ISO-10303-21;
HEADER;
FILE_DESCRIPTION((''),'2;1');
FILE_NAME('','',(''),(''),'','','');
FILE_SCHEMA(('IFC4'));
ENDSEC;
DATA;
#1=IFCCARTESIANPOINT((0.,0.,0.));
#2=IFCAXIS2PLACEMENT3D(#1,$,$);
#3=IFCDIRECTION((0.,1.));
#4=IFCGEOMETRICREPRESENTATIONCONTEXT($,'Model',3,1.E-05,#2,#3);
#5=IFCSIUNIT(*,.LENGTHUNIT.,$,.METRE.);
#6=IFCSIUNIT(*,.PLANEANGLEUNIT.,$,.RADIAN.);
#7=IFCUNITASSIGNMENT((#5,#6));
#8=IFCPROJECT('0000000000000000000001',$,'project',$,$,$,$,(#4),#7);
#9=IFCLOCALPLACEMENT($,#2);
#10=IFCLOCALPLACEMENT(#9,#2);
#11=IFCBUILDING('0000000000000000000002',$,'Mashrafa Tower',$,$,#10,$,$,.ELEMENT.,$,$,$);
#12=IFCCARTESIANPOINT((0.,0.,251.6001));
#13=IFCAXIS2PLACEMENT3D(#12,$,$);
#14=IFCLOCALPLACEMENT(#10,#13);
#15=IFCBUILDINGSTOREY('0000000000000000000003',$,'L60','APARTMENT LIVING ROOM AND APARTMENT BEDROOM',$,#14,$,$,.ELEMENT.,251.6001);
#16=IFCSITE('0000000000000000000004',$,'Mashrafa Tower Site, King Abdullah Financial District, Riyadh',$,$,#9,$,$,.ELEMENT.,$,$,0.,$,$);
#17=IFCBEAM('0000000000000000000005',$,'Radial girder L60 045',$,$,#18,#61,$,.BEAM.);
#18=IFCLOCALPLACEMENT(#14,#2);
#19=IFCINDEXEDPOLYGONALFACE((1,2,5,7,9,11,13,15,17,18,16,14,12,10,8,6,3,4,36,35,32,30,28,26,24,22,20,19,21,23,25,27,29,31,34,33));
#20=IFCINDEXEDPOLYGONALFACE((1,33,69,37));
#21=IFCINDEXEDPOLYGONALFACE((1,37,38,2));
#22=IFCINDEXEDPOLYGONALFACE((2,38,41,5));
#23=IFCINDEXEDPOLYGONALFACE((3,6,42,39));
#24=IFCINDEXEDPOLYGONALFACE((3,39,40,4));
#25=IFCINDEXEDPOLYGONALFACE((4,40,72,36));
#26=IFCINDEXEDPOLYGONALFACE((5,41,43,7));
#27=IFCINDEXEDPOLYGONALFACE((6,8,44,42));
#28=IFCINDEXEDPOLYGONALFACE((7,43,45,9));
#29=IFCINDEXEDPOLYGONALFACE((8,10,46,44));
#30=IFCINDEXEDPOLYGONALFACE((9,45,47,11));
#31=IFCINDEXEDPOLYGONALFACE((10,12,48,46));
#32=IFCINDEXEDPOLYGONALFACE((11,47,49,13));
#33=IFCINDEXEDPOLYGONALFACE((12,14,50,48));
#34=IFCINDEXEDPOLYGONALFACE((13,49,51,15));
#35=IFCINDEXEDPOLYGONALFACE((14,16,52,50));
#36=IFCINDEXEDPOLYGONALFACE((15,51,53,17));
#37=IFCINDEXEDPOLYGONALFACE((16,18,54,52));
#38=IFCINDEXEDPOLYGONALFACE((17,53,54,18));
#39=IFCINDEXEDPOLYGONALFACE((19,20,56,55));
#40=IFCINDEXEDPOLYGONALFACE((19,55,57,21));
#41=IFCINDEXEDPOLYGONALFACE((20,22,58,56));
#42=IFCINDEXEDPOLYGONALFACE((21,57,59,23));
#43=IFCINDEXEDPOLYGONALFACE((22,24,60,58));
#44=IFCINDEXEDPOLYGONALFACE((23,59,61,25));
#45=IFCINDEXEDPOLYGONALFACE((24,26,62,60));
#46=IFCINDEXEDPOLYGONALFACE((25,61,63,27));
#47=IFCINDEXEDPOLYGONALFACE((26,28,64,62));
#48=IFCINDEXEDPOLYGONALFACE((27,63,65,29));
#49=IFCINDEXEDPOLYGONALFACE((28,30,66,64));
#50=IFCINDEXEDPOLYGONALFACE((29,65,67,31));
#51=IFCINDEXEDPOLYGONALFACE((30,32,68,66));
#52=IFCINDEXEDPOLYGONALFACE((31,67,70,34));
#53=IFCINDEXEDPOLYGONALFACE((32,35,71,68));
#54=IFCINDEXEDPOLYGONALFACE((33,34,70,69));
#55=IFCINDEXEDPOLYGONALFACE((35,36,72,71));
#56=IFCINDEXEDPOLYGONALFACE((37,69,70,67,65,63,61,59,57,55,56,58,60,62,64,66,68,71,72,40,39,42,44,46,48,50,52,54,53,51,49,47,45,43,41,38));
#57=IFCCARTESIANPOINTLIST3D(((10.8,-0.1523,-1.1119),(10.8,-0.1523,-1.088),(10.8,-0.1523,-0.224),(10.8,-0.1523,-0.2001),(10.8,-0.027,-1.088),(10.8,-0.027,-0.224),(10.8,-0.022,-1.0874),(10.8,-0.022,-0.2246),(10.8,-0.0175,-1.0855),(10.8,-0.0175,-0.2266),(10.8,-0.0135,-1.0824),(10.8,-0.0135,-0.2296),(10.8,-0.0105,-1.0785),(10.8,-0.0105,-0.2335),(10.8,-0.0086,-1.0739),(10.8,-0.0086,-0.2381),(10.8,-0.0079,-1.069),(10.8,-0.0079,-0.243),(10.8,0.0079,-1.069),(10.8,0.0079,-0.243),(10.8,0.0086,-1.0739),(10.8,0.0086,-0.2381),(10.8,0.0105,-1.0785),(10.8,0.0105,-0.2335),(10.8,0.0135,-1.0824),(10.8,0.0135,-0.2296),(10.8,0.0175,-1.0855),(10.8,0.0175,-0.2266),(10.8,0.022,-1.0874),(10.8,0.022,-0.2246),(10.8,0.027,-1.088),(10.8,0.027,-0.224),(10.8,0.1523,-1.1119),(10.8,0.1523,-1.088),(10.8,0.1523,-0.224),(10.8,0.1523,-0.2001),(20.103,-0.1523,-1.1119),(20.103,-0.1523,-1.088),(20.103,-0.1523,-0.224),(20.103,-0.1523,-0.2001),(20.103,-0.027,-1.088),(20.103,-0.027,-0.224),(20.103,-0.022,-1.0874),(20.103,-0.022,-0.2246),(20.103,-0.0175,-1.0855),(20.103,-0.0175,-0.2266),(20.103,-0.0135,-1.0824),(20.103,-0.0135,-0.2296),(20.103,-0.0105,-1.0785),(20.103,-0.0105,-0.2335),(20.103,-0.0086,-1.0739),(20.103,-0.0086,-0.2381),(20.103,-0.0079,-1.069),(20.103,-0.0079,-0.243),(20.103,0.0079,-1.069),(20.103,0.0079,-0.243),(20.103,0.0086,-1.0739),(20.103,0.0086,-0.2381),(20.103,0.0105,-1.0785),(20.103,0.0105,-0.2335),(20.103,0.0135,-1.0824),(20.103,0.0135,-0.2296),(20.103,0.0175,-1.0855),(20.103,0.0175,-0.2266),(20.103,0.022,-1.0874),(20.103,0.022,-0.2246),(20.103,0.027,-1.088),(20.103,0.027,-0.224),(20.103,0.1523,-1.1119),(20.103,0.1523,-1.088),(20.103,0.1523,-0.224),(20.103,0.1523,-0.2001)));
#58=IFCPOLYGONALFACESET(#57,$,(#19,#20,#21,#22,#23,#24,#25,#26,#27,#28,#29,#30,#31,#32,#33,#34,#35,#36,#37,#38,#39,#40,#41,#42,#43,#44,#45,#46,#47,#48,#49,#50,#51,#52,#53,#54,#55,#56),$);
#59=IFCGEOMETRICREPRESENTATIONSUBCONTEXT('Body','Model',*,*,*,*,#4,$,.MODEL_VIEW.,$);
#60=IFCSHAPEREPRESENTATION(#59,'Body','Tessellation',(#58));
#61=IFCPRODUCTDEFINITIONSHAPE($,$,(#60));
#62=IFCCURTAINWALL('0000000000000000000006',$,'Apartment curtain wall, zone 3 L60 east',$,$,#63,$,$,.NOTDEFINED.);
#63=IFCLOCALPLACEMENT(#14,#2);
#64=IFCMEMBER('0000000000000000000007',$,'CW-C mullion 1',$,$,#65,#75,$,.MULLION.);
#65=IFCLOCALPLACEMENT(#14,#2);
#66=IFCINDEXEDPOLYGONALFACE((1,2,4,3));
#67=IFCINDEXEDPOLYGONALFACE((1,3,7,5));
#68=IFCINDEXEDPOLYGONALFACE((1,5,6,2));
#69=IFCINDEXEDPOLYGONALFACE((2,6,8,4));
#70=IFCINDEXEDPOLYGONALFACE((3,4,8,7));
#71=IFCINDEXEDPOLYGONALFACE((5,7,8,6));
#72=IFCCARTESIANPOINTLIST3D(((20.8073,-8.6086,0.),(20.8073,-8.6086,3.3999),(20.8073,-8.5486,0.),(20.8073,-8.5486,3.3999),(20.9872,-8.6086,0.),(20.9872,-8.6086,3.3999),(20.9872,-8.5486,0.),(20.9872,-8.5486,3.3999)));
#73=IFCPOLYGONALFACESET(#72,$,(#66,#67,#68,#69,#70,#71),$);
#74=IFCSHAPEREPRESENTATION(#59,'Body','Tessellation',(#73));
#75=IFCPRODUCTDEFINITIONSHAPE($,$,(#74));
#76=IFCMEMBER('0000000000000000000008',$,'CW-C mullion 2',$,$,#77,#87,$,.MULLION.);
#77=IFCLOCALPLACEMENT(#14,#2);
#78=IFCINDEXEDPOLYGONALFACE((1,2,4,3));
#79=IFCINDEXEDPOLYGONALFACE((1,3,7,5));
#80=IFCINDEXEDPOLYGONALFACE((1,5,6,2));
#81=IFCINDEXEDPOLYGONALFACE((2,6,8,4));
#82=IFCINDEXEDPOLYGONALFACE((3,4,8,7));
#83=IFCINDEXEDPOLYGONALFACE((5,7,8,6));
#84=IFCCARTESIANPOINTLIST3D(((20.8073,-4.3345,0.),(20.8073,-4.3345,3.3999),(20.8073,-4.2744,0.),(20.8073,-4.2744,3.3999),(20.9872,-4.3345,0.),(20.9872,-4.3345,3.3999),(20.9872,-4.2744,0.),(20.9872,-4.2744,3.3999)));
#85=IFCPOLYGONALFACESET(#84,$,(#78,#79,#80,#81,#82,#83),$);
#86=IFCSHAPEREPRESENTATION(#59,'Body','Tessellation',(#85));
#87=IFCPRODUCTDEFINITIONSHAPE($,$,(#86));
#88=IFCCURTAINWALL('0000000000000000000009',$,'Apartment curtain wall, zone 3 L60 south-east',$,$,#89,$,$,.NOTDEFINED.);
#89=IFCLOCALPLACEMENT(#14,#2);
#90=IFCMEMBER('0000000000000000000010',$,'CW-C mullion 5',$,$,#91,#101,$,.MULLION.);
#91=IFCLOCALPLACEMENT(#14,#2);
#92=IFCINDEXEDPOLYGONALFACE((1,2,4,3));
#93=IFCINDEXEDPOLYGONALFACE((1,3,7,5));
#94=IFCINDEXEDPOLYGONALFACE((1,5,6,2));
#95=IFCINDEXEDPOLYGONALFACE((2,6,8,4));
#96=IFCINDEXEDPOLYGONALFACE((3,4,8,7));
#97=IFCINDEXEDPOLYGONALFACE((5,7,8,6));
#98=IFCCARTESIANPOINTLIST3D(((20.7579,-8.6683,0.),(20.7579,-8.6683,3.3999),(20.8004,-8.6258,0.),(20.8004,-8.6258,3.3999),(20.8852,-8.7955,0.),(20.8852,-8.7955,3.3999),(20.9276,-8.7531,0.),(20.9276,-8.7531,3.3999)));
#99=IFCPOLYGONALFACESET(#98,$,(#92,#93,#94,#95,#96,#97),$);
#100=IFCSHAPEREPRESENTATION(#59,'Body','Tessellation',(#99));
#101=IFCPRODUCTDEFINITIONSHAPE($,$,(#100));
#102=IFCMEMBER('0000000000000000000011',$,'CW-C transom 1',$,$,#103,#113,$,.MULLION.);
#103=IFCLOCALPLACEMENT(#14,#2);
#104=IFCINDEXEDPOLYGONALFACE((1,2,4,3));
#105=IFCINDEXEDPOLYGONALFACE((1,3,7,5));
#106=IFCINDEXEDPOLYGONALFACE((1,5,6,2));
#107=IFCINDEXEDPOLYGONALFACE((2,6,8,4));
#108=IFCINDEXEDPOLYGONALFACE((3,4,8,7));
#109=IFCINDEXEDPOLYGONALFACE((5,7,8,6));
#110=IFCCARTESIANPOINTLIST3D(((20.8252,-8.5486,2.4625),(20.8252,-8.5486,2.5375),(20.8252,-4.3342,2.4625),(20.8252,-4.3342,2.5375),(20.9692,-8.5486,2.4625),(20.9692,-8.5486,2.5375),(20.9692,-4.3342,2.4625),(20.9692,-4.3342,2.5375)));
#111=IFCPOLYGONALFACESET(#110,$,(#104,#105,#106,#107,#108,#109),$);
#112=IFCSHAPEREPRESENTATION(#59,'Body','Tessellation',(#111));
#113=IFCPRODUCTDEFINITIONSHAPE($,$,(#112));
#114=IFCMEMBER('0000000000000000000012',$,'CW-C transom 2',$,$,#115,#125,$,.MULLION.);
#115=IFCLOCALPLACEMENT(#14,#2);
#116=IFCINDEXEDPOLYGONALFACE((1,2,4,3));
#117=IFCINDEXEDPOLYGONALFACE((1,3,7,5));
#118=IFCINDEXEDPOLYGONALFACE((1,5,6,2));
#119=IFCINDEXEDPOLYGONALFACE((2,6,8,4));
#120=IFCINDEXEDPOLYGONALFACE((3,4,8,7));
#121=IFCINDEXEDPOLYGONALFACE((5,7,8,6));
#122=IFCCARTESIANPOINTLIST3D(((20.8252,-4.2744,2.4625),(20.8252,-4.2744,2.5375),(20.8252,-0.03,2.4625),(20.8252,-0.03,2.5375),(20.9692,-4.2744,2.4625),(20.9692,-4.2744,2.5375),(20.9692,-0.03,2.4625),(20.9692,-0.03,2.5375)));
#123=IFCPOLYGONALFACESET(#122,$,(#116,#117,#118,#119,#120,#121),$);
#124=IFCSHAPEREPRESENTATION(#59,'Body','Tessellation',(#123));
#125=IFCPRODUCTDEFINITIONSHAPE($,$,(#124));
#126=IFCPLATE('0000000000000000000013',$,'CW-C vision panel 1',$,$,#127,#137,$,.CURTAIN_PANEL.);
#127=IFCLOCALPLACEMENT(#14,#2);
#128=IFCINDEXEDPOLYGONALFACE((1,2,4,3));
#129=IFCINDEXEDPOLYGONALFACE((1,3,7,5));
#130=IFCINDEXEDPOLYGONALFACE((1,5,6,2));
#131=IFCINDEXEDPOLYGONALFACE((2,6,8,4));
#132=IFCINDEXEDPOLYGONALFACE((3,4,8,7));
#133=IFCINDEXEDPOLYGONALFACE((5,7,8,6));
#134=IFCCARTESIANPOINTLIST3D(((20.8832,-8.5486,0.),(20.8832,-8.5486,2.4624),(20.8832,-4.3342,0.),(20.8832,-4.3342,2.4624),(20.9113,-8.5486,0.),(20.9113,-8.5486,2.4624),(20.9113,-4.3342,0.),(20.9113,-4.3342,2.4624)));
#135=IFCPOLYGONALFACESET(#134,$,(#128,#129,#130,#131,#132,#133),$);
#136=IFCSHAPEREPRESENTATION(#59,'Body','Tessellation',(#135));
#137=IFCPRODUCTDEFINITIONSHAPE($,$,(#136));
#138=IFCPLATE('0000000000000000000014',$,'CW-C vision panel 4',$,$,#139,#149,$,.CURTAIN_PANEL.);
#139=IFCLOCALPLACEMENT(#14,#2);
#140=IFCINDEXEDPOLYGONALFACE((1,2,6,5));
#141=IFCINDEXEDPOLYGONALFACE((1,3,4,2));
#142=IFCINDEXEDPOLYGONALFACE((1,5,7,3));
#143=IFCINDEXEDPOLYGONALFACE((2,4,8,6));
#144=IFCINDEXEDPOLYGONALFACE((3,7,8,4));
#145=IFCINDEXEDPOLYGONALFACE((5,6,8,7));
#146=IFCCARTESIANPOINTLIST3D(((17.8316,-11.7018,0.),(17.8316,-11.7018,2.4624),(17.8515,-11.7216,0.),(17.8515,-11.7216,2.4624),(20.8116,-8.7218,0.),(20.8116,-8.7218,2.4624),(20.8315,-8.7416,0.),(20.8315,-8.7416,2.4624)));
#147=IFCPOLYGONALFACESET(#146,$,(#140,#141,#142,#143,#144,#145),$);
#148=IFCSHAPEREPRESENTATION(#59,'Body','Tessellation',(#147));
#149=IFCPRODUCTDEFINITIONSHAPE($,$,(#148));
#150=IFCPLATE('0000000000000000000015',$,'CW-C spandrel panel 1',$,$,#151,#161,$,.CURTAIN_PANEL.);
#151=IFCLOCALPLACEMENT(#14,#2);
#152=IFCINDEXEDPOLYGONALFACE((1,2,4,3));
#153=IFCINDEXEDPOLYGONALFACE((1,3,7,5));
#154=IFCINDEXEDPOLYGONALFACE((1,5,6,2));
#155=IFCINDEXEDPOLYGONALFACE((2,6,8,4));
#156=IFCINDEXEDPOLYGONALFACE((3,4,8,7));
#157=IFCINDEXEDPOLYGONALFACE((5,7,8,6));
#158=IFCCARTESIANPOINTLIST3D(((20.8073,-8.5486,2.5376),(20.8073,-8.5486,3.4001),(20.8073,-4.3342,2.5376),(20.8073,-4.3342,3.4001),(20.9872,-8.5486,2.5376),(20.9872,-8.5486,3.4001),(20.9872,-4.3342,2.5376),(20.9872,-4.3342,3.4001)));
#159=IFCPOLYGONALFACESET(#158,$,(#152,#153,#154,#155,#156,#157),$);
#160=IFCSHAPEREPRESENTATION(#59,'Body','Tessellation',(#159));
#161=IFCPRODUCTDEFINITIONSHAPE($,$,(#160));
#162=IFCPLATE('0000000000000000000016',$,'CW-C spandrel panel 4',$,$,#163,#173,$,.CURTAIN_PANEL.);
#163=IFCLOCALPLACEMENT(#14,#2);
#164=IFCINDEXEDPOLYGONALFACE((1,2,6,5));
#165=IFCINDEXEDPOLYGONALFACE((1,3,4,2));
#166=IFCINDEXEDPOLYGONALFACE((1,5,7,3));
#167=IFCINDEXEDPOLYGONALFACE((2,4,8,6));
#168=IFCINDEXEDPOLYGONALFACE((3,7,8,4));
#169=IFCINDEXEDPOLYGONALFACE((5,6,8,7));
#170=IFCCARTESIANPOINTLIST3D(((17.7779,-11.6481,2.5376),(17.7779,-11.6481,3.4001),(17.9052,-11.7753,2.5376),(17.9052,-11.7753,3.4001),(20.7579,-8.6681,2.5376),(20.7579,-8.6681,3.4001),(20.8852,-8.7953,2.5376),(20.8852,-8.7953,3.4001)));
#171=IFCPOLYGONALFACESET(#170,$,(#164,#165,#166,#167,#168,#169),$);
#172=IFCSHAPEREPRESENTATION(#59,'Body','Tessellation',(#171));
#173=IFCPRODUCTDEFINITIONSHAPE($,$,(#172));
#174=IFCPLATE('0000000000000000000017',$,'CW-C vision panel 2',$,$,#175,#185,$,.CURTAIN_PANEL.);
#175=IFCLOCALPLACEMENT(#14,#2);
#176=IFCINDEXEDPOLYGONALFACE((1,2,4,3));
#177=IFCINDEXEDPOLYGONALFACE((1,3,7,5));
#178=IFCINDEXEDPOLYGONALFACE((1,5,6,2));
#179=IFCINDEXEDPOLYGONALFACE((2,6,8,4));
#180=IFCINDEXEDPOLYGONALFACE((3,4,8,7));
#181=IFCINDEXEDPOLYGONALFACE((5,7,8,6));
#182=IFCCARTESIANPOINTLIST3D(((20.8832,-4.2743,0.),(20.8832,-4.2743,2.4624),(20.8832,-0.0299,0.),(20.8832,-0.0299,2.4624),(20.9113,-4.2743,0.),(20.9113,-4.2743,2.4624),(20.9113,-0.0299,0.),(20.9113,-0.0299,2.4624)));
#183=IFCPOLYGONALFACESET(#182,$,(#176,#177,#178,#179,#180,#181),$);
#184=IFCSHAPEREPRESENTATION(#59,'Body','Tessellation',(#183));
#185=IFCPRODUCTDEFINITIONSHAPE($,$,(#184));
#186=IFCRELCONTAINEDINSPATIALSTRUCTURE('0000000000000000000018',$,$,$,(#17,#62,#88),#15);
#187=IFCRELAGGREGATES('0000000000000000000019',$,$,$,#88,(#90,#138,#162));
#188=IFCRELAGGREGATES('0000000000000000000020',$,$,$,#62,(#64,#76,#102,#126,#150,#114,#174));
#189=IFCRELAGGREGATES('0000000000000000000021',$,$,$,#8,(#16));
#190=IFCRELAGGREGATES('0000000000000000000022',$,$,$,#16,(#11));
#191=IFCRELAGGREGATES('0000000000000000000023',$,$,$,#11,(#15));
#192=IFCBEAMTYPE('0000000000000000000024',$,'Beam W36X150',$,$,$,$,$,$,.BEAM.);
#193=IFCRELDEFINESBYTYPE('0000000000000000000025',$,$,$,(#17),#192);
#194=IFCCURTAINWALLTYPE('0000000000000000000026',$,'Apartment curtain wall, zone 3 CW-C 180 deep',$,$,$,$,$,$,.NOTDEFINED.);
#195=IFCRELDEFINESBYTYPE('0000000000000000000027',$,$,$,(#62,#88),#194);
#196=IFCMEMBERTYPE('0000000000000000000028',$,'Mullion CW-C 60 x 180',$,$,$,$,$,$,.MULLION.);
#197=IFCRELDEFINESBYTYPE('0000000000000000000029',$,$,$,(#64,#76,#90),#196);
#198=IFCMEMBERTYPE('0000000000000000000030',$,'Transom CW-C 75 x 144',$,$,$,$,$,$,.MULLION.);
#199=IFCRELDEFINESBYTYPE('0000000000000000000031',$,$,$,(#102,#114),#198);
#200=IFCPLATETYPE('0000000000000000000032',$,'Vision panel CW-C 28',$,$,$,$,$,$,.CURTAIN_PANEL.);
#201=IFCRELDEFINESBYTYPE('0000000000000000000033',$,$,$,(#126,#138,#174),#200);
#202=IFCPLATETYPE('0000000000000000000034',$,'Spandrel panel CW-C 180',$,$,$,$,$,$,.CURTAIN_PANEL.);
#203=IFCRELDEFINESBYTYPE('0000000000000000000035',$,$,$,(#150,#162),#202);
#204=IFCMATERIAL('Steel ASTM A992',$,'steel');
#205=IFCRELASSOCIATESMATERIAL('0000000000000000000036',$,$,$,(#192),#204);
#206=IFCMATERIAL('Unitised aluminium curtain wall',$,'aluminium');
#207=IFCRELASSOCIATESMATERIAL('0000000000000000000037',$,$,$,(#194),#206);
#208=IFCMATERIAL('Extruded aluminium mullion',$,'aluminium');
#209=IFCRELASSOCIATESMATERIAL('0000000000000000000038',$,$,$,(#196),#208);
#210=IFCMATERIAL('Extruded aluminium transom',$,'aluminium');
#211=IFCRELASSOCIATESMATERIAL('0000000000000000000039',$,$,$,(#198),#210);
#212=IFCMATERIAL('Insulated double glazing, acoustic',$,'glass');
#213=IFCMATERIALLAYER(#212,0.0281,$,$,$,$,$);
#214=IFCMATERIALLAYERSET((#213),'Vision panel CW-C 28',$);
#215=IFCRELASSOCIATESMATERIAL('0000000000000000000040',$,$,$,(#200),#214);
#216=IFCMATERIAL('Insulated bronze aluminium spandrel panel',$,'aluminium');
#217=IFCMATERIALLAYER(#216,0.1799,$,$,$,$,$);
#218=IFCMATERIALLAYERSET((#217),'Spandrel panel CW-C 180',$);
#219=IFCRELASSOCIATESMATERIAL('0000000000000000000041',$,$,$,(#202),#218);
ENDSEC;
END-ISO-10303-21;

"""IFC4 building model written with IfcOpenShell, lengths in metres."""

from ifc_helpers import new_model, si_unit, direction, frame, origin, origin_2d, place, context, subcontext, project, spatial, rectangle, i_section, extrude, source, transform, mapped, material, layer, layer_set, material_profile, profile_set, type_object, type_shapes, element, aggregate, save


model = new_model("IFC4")

# Units and contexts
model_context = context("Model", 3, precision=1e-05, world=origin(), true_north=direction((0.0, 1.0)))
body_context = subcontext(model_context, "Body", "Model", "MODEL_VIEW")
ifc_project = project(units=[si_unit("LENGTHUNIT", "METRE"), si_unit("PLANEANGLEUNIT", "RADIAN")], contexts=[model_context])

# Site, building, storey
site_placement = place(None, origin())
site = spatial("IfcSite", under=ifc_project, at=site_placement, Name="Mashrafa Tower Site, King Abdullah Financial District, Riyadh", CompositionType="ELEMENT", RefElevation=0.0)
building_placement = place(site_placement, origin())
building = spatial("IfcBuilding", under=site, at=building_placement, Name="Mashrafa Tower", CompositionType="ELEMENT")
storey_placement = place(building_placement, frame((0.0, 0.0, 251.6001)))
storey = spatial("IfcBuildingStorey", under=building, at=storey_placement, Name="L60", Description="APARTMENT LIVING ROOM AND APARTMENT BEDROOM", CompositionType="ELEMENT", Elevation=251.6001)

# Beam
ifc_material_1 = material(Name="Steel ASTM A992", Category="steel")
ifc_material_profile_1 = material_profile(ifc_material_1, i_section(OverallWidth=0.3047, OverallDepth=0.9119, WebThickness=0.0159, FlangeThickness=0.0239, FilletRadius=0.019, at=origin_2d()), Name="W36X150")
ifc_profile_set_1 = profile_set([ifc_material_profile_1], Name="Steel ASTM A992")
beam_type_1 = type_object("IfcBeamType", Name="Beam W36X150", PredefinedType="BEAM", material=ifc_profile_set_1)
beam_1_placement = place(storey_placement, frame((10.8, 0.0, -0.656), z_axis=(1.0, 0.0, 0.0), x_axis=(0.0, 1.0, 0.0)))
element("IfcBeam", 1, at=beam_1_placement, inside=storey, type_object=beam_type_1, Name="Radial girder L60 045", PredefinedType="BEAM", context=body_context, shape_type="SweptSolid", body=[
    extrude(i_section(OverallWidth=0.3047, OverallDepth=0.9119, WebThickness=0.0159, FlangeThickness=0.0239, FilletRadius=0.019, at=origin_2d()), origin(), (0.0, 0.0, 1.0), 9.303),
])

# Curtain wall, members
ifc_material_2 = material(Name="Unitised aluminium curtain wall", Category="aluminium")
curtain_wall_type = type_object("IfcCurtainWallType", Name="Apartment curtain wall, zone 3 CW-C 180 deep", PredefinedType="NOTDEFINED", material=ifc_material_2)
curtain_wall_1_placement = place(storey_placement, origin())
curtain_wall_1 = element("IfcCurtainWall", 2, at=curtain_wall_1_placement, inside=storey, type_object=curtain_wall_type, Name="Apartment curtain wall, zone 3 L60 east", PredefinedType="NOTDEFINED")
ifc_material_3 = material(Name="Extruded aluminium mullion", Category="aluminium")
ifc_material_profile_2 = material_profile(ifc_material_3, rectangle(XDim=0.1799, YDim=0.0601, at=origin_2d()), Name="Mullion 60x180")
ifc_profile_set_2 = profile_set([ifc_material_profile_2], Name="Extruded aluminium mullion")
member_type_1 = type_object("IfcMemberType", Name="Mullion CW-C 60 x 180", PredefinedType="MULLION", material=ifc_profile_set_2)
shared_shape_1 = source(origin(), body_context, "Body", "SweptSolid", [
    extrude(rectangle(XDim=0.1799, YDim=0.0601, at=origin_2d()), origin(), (0.0, 0.0, 1.0), 3.3999),
])
type_shapes(member_type_1, [shared_shape_1])
member_1_placement = place(storey_placement, frame((20.8972, -8.5786, 0.0), z_axis=(0.0, 0.0, 1.0), x_axis=(-1.0, 0.0, 0.0)))
member_1 = element("IfcMember", 3, at=member_1_placement, type_object=member_type_1, Name="CW-C mullion 1", PredefinedType="MULLION", context=body_context, shape_type="MappedRepresentation", body=[
    mapped(shared_shape_1, transform((0.0, 0.0, 0.0))),
])
member_2_placement = place(storey_placement, frame((20.8972, -4.3044, 0.0), z_axis=(0.0, 0.0, 1.0), x_axis=(-1.0, 0.0, 0.0)))
member_2 = element("IfcMember", 4, at=member_2_placement, type_object=member_type_1, Name="CW-C mullion 2", PredefinedType="MULLION", context=body_context, shape_type="MappedRepresentation", body=[
    mapped(shared_shape_1, transform((0.0, 0.0, 0.0))),
])

# Curtain wall, member
curtain_wall_2_placement = place(storey_placement, origin())
curtain_wall_2 = element("IfcCurtainWall", 5, at=curtain_wall_2_placement, inside=storey, type_object=curtain_wall_type, Name="Apartment curtain wall, zone 3 L60 south-east", PredefinedType="NOTDEFINED")
member_3_placement = place(storey_placement, frame((20.8428, -8.7107, 0.0), z_axis=(0.0, 0.0, 1.0), x_axis=(-0.707107, 0.707107, 0.0)))
member_3 = element("IfcMember", 6, at=member_3_placement, type_object=member_type_1, Name="CW-C mullion 5", PredefinedType="MULLION", context=body_context, shape_type="MappedRepresentation", body=[
    mapped(shared_shape_1, transform((0.0, 0.0, 0.0))),
])

# Members
ifc_material_4 = material(Name="Extruded aluminium transom", Category="aluminium")
ifc_material_profile_3 = material_profile(ifc_material_4, rectangle(XDim=0.144, YDim=0.075, at=origin_2d()), Name="Transom 75x144")
ifc_profile_set_3 = profile_set([ifc_material_profile_3], Name="Extruded aluminium transom")
member_type_2 = type_object("IfcMemberType", Name="Transom CW-C 75 x 144", PredefinedType="MULLION", material=ifc_profile_set_3)
shared_shape_2 = source(origin(), body_context, "Body", "SweptSolid", [
    extrude(rectangle(XDim=0.144, YDim=0.075, at=origin_2d()), origin(), (0.0, 0.0, 1.0), 4.2144),
])
member_4_placement = place(storey_placement, frame((20.8972, -8.5486, 2.5), z_axis=(0.0, 1.0, 0.0), x_axis=(-1.0, 0.0, 0.0)))
member_4 = element("IfcMember", 7, at=member_4_placement, type_object=member_type_2, Name="CW-C transom 1", PredefinedType="MULLION", context=body_context, shape_type="MappedRepresentation", body=[
    mapped(shared_shape_2, transform((0.0, 0.0, 0.0))),
])
shared_shape_3 = source(origin(), body_context, "Body", "SweptSolid", [
    extrude(rectangle(XDim=0.144, YDim=0.075, at=origin_2d()), origin(), (0.0, 0.0, 1.0), 4.2444),
])
type_shapes(member_type_2, [shared_shape_2, shared_shape_3])
member_5_placement = place(storey_placement, frame((20.8972, -4.2744, 2.5), z_axis=(0.0, 1.0, 0.0), x_axis=(-1.0, 0.0, 0.0)))
member_5 = element("IfcMember", 8, at=member_5_placement, type_object=member_type_2, Name="CW-C transom 2", PredefinedType="MULLION", context=body_context, shape_type="MappedRepresentation", body=[
    mapped(shared_shape_3, transform((0.0, 0.0, 0.0))),
])

# Plates
ifc_material_5 = material(Name="Insulated double glazing, acoustic", Category="glass")
ifc_layer_1 = layer(ifc_material_5, 0.0281)
ifc_layer_set_1 = layer_set([ifc_layer_1], Name="Vision panel CW-C 28")
plate_type_1 = type_object("IfcPlateType", Name="Vision panel CW-C 28", PredefinedType="CURTAIN_PANEL", material=ifc_layer_set_1)
shared_shape_4 = source(origin(), body_context, "Body", "SweptSolid", [
    extrude(rectangle(XDim=4.2144, YDim=0.0281, at=origin_2d()), origin(), (0.0, 0.0, 1.0), 2.4624),
])
plate_1_placement = place(storey_placement, frame((20.8972, -6.4414, 0.0), z_axis=(0.0, 0.0, 1.0), x_axis=(0.0, 1.0, 0.0)))
plate_1 = element("IfcPlate", 9, at=plate_1_placement, type_object=plate_type_1, Name="CW-C vision panel 1", PredefinedType="CURTAIN_PANEL", context=body_context, shape_type="MappedRepresentation", body=[
    mapped(shared_shape_4, transform((0.0, 0.0, 0.0))),
])
plate_2_placement = place(storey_placement, frame((19.3315, -10.2217, 0.0), z_axis=(0.0, 0.0, 1.0), x_axis=(0.707107, 0.707107, 0.0)))
plate_2 = element("IfcPlate", 10, at=plate_2_placement, type_object=plate_type_1, Name="CW-C vision panel 4", PredefinedType="CURTAIN_PANEL", context=body_context, shape_type="MappedRepresentation", body=[
    mapped(shared_shape_4, transform((0.0, 0.0, 0.0))),
])
ifc_material_6 = material(Name="Insulated bronze aluminium spandrel panel", Category="aluminium")
ifc_layer_2 = layer(ifc_material_6, 0.1799)
ifc_layer_set_2 = layer_set([ifc_layer_2], Name="Spandrel panel CW-C 180")
plate_type_2 = type_object("IfcPlateType", Name="Spandrel panel CW-C 180", PredefinedType="CURTAIN_PANEL", material=ifc_layer_set_2)
shared_shape_5 = source(origin(), body_context, "Body", "SweptSolid", [
    extrude(rectangle(XDim=4.2144, YDim=0.1799, at=origin_2d()), origin(), (0.0, 0.0, 1.0), 0.8625),
])
plate_3_placement = place(storey_placement, frame((20.8972, -6.4414, 2.5376), z_axis=(0.0, 0.0, 1.0), x_axis=(0.0, 1.0, 0.0)))
plate_3 = element("IfcPlate", 11, at=plate_3_placement, type_object=plate_type_2, Name="CW-C spandrel panel 1", PredefinedType="CURTAIN_PANEL", context=body_context, shape_type="MappedRepresentation", body=[
    mapped(shared_shape_5, transform((0.0, 0.0, 0.0))),
])
plate_4_placement = place(storey_placement, frame((19.3315, -10.2217, 2.5376), z_axis=(0.0, 0.0, 1.0), x_axis=(0.707107, 0.707107, 0.0)))
plate_4 = element("IfcPlate", 12, at=plate_4_placement, type_object=plate_type_2, Name="CW-C spandrel panel 4", PredefinedType="CURTAIN_PANEL", context=body_context, shape_type="MappedRepresentation", body=[
    mapped(shared_shape_5, transform((0.0, 0.0, 0.0))),
])
aggregate(curtain_wall_2, [member_3, plate_2, plate_4])
shared_shape_6 = source(origin(), body_context, "Body", "SweptSolid", [
    extrude(rectangle(XDim=4.2444, YDim=0.0281, at=origin_2d()), origin(), (0.0, 0.0, 1.0), 2.4624),
])
type_shapes(plate_type_1, [shared_shape_4, shared_shape_6])
plate_5_placement = place(storey_placement, frame((20.8972, -2.1521, 0.0), z_axis=(0.0, 0.0, 1.0), x_axis=(0.0, 1.0, 0.0)))
plate_5 = element("IfcPlate", 13, at=plate_5_placement, type_object=plate_type_1, Name="CW-C vision panel 2", PredefinedType="CURTAIN_PANEL", context=body_context, shape_type="MappedRepresentation", body=[
    mapped(shared_shape_6, transform((0.0, 0.0, 0.0))),
])
aggregate(curtain_wall_1, [member_1, member_2, member_4, plate_1, plate_3, member_5, plate_5])

save(model, "model.ifc")
